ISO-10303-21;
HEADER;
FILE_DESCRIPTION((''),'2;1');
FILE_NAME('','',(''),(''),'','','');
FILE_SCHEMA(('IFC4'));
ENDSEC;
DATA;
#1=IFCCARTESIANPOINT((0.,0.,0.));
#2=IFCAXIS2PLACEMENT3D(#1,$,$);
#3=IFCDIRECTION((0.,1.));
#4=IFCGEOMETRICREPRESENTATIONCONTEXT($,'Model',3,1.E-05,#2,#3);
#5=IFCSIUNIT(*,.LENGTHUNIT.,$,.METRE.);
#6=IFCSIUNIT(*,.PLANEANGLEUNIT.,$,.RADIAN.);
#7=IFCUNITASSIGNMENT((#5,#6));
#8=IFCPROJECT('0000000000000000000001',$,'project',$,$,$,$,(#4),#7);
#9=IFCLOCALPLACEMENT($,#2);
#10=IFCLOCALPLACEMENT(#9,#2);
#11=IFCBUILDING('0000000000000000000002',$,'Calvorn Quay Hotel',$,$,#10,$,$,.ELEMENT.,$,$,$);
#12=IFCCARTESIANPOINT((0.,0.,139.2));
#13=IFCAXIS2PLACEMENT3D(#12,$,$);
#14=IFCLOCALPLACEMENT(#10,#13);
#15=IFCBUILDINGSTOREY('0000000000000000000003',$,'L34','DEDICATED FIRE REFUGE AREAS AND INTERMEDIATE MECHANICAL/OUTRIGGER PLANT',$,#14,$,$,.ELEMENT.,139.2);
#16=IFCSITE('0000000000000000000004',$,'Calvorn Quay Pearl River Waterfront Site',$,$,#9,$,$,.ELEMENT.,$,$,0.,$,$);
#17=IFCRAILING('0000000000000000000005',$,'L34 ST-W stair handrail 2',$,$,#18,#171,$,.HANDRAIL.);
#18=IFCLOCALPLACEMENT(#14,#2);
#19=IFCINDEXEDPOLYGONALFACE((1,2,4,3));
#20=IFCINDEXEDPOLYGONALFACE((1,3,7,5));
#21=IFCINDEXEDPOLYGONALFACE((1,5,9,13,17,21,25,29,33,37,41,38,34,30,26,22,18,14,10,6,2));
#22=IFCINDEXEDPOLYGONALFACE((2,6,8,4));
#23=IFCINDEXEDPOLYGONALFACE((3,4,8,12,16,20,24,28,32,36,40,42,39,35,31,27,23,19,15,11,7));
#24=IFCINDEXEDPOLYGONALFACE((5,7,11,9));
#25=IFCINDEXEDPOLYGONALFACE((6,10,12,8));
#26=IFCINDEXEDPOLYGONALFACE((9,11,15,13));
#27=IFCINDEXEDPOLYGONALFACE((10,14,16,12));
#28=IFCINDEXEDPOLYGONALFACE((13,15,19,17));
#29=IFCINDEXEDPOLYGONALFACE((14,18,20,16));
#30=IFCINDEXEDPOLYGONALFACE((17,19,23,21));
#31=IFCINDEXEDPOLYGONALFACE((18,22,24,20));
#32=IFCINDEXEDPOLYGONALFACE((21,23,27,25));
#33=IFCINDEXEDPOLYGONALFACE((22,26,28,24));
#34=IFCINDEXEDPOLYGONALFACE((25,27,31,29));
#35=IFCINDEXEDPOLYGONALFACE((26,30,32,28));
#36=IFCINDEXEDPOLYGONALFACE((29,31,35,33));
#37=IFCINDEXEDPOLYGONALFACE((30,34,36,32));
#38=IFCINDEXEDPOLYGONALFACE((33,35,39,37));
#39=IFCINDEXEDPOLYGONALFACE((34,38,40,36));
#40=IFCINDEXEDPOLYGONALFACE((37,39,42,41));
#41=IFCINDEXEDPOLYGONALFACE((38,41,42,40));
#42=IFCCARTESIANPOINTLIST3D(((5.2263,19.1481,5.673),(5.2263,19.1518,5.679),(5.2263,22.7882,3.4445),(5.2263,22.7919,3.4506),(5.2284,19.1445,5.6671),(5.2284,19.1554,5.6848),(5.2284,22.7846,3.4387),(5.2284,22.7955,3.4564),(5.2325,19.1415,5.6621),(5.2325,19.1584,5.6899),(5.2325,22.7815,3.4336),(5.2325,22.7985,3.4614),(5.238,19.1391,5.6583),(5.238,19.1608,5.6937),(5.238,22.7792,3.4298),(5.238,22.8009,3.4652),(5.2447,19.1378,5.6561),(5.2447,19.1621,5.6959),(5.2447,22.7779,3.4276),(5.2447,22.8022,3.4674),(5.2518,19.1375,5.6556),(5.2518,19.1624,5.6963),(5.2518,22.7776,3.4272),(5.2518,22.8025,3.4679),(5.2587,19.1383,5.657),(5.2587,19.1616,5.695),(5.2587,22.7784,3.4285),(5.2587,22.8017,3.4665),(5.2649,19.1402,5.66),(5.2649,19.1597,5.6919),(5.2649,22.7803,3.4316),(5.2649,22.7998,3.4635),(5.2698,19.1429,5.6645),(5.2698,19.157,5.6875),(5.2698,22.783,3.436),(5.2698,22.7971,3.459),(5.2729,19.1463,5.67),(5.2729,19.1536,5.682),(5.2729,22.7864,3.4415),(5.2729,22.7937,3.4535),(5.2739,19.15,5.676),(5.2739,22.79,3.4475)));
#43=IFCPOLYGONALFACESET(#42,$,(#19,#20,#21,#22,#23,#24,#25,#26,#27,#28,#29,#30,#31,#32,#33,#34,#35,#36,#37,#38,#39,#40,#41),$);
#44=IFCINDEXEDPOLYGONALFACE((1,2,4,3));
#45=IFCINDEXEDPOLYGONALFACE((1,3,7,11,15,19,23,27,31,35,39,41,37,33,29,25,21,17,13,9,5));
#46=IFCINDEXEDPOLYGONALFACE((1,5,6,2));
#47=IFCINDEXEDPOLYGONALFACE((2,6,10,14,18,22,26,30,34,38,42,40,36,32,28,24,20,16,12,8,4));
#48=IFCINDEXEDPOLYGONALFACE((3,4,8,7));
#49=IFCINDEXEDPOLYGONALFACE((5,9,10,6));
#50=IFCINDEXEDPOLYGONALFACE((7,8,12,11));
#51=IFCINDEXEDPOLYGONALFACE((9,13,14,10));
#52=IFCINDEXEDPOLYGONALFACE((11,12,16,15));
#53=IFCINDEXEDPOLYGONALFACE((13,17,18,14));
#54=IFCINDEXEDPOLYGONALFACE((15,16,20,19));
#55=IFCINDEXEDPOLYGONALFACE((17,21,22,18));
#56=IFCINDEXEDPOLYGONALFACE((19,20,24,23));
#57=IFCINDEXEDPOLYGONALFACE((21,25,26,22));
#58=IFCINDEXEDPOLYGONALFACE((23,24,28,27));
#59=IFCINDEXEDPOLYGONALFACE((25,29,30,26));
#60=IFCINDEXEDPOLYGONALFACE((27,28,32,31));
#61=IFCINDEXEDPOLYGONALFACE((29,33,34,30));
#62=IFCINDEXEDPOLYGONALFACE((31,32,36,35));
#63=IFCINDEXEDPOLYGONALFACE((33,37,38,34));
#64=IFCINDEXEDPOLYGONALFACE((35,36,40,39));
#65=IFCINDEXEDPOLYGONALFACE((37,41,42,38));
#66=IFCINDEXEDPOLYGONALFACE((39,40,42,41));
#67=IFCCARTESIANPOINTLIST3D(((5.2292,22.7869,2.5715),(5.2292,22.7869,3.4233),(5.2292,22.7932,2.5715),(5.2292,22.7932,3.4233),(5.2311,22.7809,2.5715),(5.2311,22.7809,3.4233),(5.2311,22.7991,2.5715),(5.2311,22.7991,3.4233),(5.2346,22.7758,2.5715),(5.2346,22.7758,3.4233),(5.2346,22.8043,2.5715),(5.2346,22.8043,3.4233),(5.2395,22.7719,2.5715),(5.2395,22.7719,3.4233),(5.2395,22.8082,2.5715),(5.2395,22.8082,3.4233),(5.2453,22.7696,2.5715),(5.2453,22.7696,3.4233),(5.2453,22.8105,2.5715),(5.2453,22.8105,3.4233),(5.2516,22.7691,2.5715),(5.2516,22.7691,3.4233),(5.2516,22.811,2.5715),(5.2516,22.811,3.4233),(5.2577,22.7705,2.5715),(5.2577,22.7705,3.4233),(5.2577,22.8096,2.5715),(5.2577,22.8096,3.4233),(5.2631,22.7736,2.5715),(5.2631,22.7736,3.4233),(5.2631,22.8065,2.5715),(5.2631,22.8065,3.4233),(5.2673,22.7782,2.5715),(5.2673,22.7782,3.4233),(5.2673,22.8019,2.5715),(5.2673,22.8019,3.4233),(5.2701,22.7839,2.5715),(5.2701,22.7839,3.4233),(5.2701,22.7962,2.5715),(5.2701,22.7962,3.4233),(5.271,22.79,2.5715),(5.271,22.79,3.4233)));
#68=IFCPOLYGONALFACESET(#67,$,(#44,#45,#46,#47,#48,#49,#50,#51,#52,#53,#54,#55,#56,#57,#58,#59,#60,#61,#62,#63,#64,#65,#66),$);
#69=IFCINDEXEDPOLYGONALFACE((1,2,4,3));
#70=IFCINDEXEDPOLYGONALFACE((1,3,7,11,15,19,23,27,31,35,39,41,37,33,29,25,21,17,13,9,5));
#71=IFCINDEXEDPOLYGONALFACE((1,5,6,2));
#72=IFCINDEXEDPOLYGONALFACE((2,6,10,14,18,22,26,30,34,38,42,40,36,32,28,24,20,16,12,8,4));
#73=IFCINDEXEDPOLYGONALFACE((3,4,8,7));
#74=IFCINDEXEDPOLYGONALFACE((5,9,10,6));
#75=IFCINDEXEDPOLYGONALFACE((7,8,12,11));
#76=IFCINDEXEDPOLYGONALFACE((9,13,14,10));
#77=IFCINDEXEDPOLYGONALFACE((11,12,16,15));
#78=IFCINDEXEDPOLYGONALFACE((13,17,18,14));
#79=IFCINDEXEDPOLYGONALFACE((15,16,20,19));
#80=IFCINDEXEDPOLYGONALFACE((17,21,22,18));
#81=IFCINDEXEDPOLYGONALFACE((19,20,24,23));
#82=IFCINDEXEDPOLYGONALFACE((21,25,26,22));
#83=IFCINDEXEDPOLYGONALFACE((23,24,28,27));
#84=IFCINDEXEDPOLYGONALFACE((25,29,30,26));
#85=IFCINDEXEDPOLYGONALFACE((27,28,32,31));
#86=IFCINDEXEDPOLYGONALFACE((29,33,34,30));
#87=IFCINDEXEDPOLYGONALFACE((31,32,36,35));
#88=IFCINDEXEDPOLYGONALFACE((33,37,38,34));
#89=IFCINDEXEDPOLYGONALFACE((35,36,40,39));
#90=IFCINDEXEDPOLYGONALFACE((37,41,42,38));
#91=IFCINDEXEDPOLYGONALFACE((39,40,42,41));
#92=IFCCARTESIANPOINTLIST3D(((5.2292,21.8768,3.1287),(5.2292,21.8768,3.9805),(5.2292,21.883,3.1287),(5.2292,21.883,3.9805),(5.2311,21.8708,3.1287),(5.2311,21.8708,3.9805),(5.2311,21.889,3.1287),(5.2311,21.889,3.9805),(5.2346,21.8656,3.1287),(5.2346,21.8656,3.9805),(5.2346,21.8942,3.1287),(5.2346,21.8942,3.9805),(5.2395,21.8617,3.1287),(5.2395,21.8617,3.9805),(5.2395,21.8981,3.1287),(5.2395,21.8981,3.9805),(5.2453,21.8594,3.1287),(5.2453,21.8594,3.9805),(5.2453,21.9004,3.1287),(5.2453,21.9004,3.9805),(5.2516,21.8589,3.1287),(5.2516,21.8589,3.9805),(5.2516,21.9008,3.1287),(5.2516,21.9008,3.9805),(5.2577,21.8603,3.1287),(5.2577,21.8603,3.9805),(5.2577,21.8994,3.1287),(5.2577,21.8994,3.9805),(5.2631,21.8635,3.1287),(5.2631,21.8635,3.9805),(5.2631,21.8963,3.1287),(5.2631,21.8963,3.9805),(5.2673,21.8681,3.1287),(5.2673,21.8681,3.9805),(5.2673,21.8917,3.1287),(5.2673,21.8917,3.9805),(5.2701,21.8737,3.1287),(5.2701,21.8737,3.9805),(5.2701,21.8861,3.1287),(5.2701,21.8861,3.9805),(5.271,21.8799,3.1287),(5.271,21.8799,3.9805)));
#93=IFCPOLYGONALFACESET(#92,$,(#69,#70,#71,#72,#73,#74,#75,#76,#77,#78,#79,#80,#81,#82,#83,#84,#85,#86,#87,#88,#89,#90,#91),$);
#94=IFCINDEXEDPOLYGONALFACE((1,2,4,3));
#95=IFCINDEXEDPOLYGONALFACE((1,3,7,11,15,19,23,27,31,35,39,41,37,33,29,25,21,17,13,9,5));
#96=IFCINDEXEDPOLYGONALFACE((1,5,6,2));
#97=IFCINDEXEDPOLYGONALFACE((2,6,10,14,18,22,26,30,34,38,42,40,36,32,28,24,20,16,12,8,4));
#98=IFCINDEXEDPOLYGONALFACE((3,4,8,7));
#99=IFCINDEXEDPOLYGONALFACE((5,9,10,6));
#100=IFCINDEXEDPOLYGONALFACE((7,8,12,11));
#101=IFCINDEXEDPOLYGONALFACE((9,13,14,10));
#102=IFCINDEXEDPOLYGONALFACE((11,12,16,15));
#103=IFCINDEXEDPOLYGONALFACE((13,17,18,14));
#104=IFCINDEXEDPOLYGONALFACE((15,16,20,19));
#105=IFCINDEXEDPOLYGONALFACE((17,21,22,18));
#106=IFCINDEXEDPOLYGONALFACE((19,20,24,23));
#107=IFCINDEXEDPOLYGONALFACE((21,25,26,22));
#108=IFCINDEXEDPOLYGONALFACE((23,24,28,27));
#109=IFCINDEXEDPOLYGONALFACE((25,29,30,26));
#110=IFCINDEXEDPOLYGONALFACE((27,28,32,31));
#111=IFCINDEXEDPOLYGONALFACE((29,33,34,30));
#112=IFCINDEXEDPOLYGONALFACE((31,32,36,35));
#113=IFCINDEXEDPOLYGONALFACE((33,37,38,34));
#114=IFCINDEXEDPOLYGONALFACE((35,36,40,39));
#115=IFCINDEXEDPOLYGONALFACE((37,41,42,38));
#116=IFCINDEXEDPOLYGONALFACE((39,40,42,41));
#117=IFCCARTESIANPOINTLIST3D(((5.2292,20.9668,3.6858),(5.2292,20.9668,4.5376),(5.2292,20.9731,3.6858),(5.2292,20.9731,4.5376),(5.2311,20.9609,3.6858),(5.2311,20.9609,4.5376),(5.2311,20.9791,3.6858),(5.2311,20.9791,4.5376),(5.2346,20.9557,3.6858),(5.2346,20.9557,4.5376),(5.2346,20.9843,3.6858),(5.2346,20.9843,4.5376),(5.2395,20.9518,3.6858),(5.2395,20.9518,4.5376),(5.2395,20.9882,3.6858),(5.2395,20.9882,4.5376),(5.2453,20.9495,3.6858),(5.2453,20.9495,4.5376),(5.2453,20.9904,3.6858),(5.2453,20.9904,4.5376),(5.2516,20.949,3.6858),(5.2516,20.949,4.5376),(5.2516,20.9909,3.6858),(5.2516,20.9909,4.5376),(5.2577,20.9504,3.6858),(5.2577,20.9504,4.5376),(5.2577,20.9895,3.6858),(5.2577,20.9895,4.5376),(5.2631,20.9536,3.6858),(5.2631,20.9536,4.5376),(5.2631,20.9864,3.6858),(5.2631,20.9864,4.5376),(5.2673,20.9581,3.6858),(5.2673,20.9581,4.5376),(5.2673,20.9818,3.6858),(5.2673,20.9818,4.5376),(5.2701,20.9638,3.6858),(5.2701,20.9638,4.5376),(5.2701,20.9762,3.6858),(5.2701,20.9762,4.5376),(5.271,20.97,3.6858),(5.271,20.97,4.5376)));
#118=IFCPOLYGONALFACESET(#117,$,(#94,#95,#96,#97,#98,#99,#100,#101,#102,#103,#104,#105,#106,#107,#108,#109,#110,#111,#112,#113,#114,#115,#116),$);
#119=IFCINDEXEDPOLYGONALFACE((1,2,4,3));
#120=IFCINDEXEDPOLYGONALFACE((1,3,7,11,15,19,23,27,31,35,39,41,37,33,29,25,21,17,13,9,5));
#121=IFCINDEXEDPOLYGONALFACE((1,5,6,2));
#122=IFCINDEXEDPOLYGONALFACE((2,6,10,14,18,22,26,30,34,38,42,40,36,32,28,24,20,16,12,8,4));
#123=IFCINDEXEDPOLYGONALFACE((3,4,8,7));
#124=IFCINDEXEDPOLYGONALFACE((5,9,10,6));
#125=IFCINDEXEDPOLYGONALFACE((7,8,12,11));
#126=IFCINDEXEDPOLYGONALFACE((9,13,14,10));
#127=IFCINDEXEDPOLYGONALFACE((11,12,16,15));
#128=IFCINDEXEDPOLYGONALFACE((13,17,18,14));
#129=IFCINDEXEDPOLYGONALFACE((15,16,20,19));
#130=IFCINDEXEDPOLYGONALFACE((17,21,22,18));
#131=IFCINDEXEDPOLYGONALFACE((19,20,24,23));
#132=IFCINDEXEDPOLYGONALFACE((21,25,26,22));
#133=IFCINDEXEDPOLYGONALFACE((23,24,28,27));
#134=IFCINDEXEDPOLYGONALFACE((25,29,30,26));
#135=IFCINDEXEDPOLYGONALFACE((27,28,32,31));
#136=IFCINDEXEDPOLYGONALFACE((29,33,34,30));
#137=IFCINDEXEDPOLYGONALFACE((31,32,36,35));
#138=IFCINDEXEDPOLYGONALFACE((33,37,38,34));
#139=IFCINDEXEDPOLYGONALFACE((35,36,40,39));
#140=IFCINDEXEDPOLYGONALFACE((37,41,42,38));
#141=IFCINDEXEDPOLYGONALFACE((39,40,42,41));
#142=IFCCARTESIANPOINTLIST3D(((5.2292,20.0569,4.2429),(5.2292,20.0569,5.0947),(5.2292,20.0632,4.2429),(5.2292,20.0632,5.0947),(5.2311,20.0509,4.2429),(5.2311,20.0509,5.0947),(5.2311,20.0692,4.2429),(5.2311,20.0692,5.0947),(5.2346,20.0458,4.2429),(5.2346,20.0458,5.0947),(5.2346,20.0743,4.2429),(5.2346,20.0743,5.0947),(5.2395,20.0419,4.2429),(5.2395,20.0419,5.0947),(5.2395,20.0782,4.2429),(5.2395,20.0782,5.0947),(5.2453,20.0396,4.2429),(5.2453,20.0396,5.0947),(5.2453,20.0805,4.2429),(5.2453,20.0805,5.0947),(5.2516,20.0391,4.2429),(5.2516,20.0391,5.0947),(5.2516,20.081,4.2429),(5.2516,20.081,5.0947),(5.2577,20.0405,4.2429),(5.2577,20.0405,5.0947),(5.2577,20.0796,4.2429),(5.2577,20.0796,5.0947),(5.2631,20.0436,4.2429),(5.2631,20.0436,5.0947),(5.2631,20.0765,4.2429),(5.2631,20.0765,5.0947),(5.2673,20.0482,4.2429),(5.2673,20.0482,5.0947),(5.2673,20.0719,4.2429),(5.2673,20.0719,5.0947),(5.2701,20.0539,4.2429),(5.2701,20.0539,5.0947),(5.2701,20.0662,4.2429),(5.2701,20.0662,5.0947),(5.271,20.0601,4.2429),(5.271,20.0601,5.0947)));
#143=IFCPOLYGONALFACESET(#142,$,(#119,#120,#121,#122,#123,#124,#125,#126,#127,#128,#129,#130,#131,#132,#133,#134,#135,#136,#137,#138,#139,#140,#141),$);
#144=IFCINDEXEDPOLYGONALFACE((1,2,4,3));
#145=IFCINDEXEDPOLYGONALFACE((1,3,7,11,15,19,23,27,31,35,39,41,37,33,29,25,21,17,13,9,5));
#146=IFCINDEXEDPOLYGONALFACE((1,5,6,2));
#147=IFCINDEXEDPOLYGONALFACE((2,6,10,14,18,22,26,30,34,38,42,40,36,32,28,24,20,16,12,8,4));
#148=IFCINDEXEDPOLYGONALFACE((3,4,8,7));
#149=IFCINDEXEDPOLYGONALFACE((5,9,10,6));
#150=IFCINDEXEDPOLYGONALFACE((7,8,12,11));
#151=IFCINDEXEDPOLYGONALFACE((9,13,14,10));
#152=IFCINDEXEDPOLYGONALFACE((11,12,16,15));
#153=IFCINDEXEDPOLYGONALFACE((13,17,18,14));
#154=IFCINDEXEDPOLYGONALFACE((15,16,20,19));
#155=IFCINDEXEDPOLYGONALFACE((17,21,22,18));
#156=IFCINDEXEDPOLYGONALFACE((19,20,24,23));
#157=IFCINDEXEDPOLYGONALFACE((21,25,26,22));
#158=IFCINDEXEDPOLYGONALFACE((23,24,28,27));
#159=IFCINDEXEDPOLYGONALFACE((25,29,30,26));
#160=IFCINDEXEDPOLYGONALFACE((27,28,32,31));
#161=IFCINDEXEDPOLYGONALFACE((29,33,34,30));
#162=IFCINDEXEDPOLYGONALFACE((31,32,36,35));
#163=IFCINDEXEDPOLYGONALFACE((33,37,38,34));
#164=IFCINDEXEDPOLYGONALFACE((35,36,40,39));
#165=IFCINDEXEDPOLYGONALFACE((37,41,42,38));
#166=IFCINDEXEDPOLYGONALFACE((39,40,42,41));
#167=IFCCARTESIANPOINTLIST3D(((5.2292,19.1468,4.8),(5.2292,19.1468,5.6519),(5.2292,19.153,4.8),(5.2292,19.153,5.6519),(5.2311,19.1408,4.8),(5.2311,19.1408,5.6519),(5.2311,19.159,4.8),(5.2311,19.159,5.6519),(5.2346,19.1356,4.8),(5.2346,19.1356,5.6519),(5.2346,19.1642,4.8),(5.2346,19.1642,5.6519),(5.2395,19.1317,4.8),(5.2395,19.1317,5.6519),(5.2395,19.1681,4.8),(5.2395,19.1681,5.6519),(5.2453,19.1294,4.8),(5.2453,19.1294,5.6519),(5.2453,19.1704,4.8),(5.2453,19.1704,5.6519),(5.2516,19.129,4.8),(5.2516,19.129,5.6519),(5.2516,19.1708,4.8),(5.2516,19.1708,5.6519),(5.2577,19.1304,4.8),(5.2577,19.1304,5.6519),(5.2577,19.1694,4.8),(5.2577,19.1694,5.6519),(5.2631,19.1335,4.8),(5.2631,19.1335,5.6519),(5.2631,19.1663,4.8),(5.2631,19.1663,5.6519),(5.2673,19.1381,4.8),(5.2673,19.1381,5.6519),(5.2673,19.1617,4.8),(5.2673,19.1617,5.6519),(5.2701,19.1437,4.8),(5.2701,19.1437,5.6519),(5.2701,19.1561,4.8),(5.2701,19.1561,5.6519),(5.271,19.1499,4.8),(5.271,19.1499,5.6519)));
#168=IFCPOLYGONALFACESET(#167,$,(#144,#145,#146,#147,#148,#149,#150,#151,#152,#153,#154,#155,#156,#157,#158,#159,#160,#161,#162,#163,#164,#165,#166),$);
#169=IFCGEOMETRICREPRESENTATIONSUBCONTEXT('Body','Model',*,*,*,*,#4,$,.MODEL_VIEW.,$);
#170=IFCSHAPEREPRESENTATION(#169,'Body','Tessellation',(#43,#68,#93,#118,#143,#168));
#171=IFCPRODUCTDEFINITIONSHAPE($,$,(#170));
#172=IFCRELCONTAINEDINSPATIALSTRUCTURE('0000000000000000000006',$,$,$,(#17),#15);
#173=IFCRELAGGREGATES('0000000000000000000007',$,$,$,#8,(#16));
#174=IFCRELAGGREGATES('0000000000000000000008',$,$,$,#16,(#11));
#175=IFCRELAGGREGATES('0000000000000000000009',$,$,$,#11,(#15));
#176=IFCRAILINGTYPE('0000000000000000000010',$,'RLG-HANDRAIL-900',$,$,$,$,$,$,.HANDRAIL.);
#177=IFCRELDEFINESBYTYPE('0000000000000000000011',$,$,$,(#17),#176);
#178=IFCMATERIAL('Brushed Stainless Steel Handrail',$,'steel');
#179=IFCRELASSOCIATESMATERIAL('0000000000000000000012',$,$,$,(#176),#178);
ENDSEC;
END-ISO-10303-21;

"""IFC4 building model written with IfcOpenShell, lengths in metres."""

from ifc_helpers import new_model, si_unit, direction, frame, origin, origin_2d, place, context, subcontext, project, spatial, circle, extrude, material, type_object, element, save


model = new_model("IFC4")

# Units and contexts
model_context = context("Model", 3, precision=1e-05, world=origin(), true_north=direction((0.0, 1.0)))
body_context = subcontext(model_context, "Body", "Model", "MODEL_VIEW")
ifc_project = project(units=[si_unit("LENGTHUNIT", "METRE"), si_unit("PLANEANGLEUNIT", "RADIAN")], contexts=[model_context])

# Site, building, storey
site_placement = place(None, origin())
site = spatial("IfcSite", under=ifc_project, at=site_placement, Name="Calvorn Quay Pearl River Waterfront Site", CompositionType="ELEMENT", RefElevation=0.0)
building_placement = place(site_placement, origin())
building = spatial("IfcBuilding", under=site, at=building_placement, Name="Calvorn Quay Hotel", CompositionType="ELEMENT")
storey_placement = place(building_placement, frame((0.0, 0.0, 139.2)))
storey = spatial("IfcBuildingStorey", under=building, at=storey_placement, Name="L34", Description="DEDICATED FIRE REFUGE AREAS AND INTERMEDIATE MECHANICAL/OUTRIGGER PLANT", CompositionType="ELEMENT", Elevation=139.2)

# Railing
ifc_material_1 = material(Name="Brushed Stainless Steel Handrail", Category="steel")
railing_type_1 = type_object("IfcRailingType", Name="RLG-HANDRAIL-900", PredefinedType="HANDRAIL", material=ifc_material_1)
railing_1_placement = place(storey_placement, frame((5.25, 22.79, 2.5715)))
element("IfcRailing", 1, at=railing_1_placement, inside=storey, type_object=railing_type_1, Name="L34 ST-W stair handrail 2", PredefinedType="HANDRAIL", context=body_context, shape_type="SweptSolid", body=[
    extrude(circle(Radius=0.0239, at=origin_2d()), frame((0.0, 0.0, 0.876), z_axis=(0.0, -0.852866, 0.52213), x_axis=(1.0, 0.0, 0.0)), (0.0, 0.0, 1.0), 4.2681),
    extrude(circle(Radius=0.021, at=origin_2d()), origin(), (0.0, 0.0, 1.0), 0.8518),
    extrude(circle(Radius=0.021, at=origin_2d()), frame((0.0, -0.9102, 0.5571)), (0.0, 0.0, 1.0), 0.8518),
    extrude(circle(Radius=0.021, at=origin_2d()), frame((0.0, -1.8201, 1.1143)), (0.0, 0.0, 1.0), 0.8518),
    extrude(circle(Radius=0.021, at=origin_2d()), frame((0.0, -2.73, 1.6714)), (0.0, 0.0, 1.0), 0.8518),
    extrude(circle(Radius=0.021, at=origin_2d()), frame((0.0, -3.6401, 2.2285)), (0.0, 0.0, 1.0), 0.8518),
])

save(model, "model.ifc")
